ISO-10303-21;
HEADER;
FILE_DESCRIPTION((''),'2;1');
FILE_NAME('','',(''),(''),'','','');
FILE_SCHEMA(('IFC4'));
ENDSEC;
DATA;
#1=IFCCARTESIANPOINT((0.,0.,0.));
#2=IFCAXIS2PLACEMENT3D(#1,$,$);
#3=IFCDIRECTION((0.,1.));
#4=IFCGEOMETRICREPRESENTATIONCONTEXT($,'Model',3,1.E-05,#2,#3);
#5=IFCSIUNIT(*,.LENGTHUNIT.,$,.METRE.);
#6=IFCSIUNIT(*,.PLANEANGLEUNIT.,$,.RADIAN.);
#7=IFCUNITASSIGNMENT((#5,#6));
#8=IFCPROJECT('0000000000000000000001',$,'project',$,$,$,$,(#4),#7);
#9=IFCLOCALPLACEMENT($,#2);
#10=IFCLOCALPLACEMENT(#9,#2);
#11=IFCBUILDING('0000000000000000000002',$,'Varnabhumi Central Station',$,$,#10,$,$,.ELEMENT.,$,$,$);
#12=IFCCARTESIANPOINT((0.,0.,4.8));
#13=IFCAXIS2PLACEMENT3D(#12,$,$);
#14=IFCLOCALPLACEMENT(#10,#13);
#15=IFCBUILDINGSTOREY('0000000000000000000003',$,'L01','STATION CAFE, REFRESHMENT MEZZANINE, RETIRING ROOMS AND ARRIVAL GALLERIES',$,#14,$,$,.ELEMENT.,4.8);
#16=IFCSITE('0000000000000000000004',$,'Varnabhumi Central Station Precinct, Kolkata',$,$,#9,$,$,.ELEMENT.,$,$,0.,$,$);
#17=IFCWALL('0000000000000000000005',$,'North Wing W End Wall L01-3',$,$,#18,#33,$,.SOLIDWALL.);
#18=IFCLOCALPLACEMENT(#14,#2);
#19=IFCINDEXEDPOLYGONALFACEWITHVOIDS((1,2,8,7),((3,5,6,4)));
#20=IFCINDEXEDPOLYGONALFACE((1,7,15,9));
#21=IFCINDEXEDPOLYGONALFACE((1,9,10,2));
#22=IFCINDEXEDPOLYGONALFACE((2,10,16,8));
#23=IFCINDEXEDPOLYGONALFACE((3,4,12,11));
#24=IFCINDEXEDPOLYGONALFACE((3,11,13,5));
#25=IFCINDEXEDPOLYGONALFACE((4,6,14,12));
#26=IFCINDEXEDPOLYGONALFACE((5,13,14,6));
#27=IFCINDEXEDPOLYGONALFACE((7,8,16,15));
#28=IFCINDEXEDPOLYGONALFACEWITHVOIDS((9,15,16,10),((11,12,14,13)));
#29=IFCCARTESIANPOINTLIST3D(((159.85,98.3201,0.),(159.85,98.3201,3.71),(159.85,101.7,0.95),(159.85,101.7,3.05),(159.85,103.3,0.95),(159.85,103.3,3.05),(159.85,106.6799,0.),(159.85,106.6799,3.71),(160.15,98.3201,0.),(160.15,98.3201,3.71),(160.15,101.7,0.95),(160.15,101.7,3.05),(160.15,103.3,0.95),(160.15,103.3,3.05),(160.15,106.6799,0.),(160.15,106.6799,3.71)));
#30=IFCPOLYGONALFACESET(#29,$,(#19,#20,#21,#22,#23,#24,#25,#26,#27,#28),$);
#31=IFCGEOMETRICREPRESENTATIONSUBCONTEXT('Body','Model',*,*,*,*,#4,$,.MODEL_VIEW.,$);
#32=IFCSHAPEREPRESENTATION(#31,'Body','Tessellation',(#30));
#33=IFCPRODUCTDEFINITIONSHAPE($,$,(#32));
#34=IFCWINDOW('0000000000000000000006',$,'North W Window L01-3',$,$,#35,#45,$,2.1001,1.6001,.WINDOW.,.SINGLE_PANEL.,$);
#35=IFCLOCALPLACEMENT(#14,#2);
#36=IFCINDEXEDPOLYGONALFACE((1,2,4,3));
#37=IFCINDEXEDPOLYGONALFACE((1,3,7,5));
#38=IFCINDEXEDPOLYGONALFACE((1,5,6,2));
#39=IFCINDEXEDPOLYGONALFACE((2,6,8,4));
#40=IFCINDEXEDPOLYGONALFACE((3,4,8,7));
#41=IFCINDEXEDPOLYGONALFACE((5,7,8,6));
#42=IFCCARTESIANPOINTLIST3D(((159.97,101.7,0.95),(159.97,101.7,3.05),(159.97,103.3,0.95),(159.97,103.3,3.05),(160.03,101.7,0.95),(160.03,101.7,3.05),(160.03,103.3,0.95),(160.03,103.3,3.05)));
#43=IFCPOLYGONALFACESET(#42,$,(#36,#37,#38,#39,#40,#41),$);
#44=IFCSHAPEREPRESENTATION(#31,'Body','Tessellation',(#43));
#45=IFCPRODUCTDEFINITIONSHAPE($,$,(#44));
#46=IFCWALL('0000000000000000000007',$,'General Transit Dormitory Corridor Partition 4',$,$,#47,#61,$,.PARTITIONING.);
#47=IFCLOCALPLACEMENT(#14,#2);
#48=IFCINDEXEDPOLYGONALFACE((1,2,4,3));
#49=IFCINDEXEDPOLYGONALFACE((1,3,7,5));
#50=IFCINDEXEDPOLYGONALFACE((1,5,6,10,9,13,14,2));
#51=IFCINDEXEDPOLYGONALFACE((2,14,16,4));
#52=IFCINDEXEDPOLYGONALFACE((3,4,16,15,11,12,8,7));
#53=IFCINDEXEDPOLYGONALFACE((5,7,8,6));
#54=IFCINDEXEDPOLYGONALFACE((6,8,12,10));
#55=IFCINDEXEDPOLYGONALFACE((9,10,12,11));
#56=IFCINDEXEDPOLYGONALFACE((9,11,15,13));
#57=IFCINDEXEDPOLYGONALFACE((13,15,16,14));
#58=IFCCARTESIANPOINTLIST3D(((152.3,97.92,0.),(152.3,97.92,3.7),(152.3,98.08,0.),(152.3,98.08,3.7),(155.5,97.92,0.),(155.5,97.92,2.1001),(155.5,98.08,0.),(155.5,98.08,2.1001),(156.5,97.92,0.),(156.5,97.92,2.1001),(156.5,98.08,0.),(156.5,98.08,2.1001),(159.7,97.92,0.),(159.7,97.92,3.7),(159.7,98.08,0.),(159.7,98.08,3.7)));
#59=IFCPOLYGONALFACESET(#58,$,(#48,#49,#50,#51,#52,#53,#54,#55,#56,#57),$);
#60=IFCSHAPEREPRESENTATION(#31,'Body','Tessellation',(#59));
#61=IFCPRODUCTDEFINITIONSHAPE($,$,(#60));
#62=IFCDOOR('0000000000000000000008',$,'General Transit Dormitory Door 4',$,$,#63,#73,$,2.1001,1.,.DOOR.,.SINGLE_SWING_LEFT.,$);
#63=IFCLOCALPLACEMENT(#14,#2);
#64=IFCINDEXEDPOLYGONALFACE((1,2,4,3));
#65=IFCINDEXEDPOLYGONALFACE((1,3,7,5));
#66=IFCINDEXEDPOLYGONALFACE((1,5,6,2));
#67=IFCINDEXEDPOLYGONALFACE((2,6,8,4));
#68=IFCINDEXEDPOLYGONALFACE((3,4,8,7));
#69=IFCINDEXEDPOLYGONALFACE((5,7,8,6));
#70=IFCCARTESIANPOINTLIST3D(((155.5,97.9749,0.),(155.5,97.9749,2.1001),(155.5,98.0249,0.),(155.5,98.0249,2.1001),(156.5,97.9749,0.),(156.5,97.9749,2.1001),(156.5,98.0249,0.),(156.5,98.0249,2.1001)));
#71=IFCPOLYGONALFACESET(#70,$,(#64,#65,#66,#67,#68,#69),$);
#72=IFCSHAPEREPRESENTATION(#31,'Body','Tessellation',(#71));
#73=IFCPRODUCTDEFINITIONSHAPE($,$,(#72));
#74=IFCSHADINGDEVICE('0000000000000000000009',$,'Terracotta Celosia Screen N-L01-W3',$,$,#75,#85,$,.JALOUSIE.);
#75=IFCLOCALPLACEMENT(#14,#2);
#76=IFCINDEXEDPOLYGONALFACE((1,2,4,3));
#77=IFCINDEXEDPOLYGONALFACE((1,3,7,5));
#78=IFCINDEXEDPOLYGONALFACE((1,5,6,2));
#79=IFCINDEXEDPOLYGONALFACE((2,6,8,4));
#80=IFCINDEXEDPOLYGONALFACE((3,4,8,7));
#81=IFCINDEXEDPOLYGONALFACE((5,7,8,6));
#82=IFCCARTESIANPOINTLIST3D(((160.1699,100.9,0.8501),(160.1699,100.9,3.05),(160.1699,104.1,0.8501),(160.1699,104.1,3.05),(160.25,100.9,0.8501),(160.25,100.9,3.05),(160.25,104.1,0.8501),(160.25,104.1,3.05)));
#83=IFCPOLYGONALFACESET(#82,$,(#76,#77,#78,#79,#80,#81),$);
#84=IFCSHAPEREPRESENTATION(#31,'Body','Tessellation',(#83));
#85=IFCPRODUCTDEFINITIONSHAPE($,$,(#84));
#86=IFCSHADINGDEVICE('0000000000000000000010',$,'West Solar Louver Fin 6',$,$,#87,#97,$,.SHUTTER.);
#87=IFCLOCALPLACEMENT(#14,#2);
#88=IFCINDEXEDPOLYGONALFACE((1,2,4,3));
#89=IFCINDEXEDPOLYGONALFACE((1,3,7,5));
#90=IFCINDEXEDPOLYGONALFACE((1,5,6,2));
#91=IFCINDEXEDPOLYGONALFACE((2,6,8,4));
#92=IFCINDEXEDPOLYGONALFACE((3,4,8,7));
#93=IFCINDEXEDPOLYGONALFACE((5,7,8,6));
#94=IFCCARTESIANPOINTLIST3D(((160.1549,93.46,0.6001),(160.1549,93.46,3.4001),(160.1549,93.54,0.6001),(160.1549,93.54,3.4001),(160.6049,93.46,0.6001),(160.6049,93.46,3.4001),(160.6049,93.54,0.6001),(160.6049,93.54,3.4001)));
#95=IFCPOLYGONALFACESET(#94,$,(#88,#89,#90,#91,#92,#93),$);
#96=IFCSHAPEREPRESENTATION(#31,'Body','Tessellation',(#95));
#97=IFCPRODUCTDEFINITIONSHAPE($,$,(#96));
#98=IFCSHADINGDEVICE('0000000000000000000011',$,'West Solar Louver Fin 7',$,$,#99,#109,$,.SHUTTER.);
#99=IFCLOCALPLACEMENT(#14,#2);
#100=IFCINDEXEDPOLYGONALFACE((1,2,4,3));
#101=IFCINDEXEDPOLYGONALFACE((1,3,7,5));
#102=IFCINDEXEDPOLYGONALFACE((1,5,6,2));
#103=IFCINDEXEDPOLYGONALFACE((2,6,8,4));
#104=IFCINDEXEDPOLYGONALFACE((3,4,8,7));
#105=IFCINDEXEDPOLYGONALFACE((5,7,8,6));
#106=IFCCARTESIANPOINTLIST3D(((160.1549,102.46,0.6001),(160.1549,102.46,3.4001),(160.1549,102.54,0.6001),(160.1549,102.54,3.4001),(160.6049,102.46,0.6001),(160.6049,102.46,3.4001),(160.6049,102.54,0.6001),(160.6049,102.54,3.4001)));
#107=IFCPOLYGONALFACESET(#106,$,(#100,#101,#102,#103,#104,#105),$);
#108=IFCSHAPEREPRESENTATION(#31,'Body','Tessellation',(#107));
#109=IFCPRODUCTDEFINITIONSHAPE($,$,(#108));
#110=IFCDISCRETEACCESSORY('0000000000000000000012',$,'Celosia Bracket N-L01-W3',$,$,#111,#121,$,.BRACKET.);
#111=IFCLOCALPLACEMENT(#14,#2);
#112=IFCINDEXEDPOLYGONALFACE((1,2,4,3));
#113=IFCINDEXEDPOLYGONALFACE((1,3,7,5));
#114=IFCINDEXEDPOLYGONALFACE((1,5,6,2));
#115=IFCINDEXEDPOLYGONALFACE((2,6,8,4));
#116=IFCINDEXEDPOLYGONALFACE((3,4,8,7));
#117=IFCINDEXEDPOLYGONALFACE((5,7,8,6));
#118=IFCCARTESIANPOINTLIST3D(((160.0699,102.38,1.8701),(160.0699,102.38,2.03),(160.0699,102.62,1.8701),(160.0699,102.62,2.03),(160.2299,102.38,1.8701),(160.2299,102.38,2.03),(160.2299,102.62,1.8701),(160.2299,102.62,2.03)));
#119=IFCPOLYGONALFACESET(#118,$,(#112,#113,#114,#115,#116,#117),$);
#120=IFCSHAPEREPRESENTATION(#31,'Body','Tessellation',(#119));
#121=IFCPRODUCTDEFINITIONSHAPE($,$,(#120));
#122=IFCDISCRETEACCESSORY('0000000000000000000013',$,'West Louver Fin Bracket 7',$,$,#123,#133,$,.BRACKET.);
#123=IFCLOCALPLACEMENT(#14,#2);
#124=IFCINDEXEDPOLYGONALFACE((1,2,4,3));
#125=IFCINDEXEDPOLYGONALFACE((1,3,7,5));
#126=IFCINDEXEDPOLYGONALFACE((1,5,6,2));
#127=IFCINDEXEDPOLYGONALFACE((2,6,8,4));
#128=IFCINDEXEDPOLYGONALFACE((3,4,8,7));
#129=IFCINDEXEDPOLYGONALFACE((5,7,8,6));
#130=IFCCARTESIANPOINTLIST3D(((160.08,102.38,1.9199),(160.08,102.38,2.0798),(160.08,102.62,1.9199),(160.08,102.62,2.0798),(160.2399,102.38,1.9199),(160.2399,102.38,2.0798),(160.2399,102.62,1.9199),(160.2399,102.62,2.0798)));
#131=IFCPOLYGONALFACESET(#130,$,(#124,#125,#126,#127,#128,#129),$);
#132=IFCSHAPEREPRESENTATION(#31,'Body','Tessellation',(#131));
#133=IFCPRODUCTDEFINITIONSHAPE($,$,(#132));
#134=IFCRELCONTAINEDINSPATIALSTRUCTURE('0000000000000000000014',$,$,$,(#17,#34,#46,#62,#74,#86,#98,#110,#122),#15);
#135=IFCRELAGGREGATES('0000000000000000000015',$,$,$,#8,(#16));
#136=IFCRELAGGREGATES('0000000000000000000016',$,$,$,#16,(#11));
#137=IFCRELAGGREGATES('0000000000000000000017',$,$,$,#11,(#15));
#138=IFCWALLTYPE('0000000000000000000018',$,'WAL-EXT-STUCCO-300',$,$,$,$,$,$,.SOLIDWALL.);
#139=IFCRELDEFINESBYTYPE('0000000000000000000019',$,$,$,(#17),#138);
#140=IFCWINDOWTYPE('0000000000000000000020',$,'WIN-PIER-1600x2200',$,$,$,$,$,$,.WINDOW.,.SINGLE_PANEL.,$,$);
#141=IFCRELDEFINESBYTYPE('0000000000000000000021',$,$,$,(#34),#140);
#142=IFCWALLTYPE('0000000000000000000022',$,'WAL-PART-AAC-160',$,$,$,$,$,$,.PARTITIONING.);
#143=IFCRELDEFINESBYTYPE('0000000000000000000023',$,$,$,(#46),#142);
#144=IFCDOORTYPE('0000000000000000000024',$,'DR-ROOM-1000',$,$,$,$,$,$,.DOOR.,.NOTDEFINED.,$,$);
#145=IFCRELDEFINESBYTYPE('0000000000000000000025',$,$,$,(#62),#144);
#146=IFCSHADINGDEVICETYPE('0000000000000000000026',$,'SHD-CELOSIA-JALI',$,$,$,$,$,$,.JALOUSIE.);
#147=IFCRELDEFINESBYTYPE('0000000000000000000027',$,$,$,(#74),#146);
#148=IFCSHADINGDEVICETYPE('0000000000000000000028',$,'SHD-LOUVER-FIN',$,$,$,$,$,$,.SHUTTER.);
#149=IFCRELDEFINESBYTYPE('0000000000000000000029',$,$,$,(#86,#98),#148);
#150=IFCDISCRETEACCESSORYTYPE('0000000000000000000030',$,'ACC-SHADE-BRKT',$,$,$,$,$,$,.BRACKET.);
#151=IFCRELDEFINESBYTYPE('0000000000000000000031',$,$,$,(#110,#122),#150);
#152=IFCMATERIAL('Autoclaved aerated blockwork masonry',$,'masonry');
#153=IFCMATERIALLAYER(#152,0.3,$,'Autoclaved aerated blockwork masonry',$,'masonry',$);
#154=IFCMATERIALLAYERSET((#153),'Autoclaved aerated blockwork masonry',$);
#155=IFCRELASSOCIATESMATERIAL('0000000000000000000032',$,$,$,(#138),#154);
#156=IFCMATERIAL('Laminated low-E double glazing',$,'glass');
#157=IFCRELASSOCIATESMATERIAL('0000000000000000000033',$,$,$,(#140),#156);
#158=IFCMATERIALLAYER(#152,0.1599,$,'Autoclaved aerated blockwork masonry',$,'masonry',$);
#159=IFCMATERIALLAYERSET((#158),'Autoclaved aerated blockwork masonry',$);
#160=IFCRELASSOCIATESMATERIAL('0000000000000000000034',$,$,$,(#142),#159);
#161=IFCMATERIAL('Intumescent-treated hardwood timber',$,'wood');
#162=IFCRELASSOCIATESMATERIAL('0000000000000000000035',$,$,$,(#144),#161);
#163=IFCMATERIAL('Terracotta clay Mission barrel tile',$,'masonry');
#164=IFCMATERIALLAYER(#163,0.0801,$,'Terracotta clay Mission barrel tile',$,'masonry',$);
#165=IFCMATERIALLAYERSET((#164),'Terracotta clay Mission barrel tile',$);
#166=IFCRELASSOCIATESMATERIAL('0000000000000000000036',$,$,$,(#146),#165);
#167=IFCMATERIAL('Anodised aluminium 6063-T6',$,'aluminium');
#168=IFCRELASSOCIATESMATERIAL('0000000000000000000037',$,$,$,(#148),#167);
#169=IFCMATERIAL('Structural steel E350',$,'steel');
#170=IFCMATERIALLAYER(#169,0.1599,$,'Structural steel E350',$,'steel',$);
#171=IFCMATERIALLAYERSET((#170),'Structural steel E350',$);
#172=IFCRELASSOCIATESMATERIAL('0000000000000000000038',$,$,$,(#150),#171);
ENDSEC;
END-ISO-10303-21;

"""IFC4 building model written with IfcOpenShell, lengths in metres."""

from ifc_helpers import new_model, si_unit, direction, frame, frame_2d, origin, origin_2d, place, context, subcontext, project, spatial, rectangle, extrude, material, layer, layer_set, type_object, element, fill, save


model = new_model("IFC4")

# Units and contexts
model_context = context("Model", 3, precision=1e-05, world=origin(), true_north=direction((0.0, 1.0)))
body_context = subcontext(model_context, "Body", "Model", "MODEL_VIEW")
ifc_project = project(units=[si_unit("LENGTHUNIT", "METRE"), si_unit("PLANEANGLEUNIT", "RADIAN")], contexts=[model_context])

# Site, building, storey
site_placement = place(None, origin())
site = spatial("IfcSite", under=ifc_project, at=site_placement, Name="Varnabhumi Central Station Precinct, Kolkata", CompositionType="ELEMENT", RefElevation=0.0)
building_placement = place(site_placement, origin())
building = spatial("IfcBuilding", under=site, at=building_placement, Name="Varnabhumi Central Station", CompositionType="ELEMENT")
storey_placement = place(building_placement, frame((0.0, 0.0, 4.8)))
storey = spatial("IfcBuildingStorey", under=building, at=storey_placement, Name="L01", Description="STATION CAFE, REFRESHMENT MEZZANINE, RETIRING ROOMS AND ARRIVAL GALLERIES", CompositionType="ELEMENT", Elevation=4.8)

# Shared definitions
ifc_material_1 = material(Name="Autoclaved aerated blockwork masonry", Category="masonry")

# Wall, opening, window
ifc_layer_1 = layer(ifc_material_1, 0.3, Name="Autoclaved aerated blockwork masonry", Category="masonry")
ifc_layer_set_1 = layer_set([ifc_layer_1], Name="Autoclaved aerated blockwork masonry")
wall_type_1 = type_object("IfcWallType", Name="WAL-EXT-STUCCO-300", PredefinedType="SOLIDWALL", material=ifc_layer_set_1)
wall_1_placement = place(storey_placement, frame((160.0, 98.3201, 0.0), z_axis=(0.0, 0.0, 1.0), x_axis=(0.0, 1.0, 0.0)))
wall_1 = element("IfcWall", 1, at=wall_1_placement, inside=storey, type_object=wall_type_1, Name="North Wing W End Wall L01-3", PredefinedType="SOLIDWALL", context=body_context, shape_type="SweptSolid", body=[
    extrude(rectangle(XDim=8.3599, YDim=0.3, at=frame_2d((4.1799, 0.0))), origin(), (0.0, 0.0, 1.0), 3.71),
])
opening_1_placement = place(wall_1_placement, frame((3.3799, 0.0, 0.95)))
opening_1 = element("IfcOpeningElement", 2, at=opening_1_placement, cuts=wall_1, PredefinedType="OPENING", context=body_context, shape_type="SweptSolid", body=[
    extrude(rectangle(XDim=1.6001, YDim=2.1001, at=frame_2d((0.8, 1.05))), frame((0.0, 0.1599, 0.0), z_axis=(0.0, -1.0, 0.0), x_axis=(1.0, 0.0, 0.0)), (0.0, 0.0, 1.0), 0.3201),
])
ifc_material_2 = material(Name="Laminated low-E double glazing", Category="glass")
window_type = type_object("IfcWindowType", Name="WIN-PIER-1600x2200", PartitioningType="SINGLE_PANEL", PredefinedType="WINDOW", material=ifc_material_2)
window_placement = place(opening_1_placement, origin())
window = element("IfcWindow", 3, at=window_placement, inside=storey, type_object=window_type, Name="North W Window L01-3", OverallHeight=2.1001, OverallWidth=1.6001, PartitioningType="SINGLE_PANEL", PredefinedType="WINDOW", context=body_context, shape_type="SweptSolid", body=[
    extrude(rectangle(XDim=1.6001, YDim=2.1001, at=frame_2d((0.8, 1.05))), frame((0.0, 0.03, 0.0), z_axis=(0.0, -1.0, 0.0), x_axis=(1.0, 0.0, 0.0)), (0.0, 0.0, 1.0), 0.0601),
])
fill(opening_1, window)

# Wall, opening, door
ifc_layer_2 = layer(ifc_material_1, 0.1599, Name="Autoclaved aerated blockwork masonry", Category="masonry")
ifc_layer_set_2 = layer_set([ifc_layer_2], Name="Autoclaved aerated blockwork masonry")
wall_type_2 = type_object("IfcWallType", Name="WAL-PART-AAC-160", PredefinedType="PARTITIONING", material=ifc_layer_set_2)
wall_2_placement = place(storey_placement, frame((152.3, 98.0, 0.0), z_axis=(0.0, 0.0, 1.0), x_axis=(1.0, 0.0, 0.0)))
wall_2 = element("IfcWall", 4, at=wall_2_placement, inside=storey, type_object=wall_type_2, Name="General Transit Dormitory Corridor Partition 4", PredefinedType="PARTITIONING", context=body_context, shape_type="SweptSolid", body=[
    extrude(rectangle(XDim=7.3999, YDim=0.1599, at=frame_2d((3.7, 0.0))), origin(), (0.0, 0.0, 1.0), 3.7),
])
opening_2_placement = place(wall_2_placement, frame((3.2, 0.0, 0.0)))
opening_2 = element("IfcOpeningElement", 5, at=opening_2_placement, cuts=wall_2, PredefinedType="OPENING", context=body_context, shape_type="SweptSolid", body=[
    extrude(rectangle(XDim=1.0, YDim=2.1001, at=frame_2d((0.5, 1.05))), frame((0.0, 0.0898, 0.0), z_axis=(0.0, -1.0, 0.0), x_axis=(1.0, 0.0, 0.0)), (0.0, 0.0, 1.0), 0.1799),
])
ifc_material_3 = material(Name="Intumescent-treated hardwood timber", Category="wood")
door_type = type_object("IfcDoorType", Name="DR-ROOM-1000", OperationType="NOTDEFINED", PredefinedType="DOOR", material=ifc_material_3)
door_placement = place(opening_2_placement, origin())
door = element("IfcDoor", 6, at=door_placement, inside=storey, type_object=door_type, Name="General Transit Dormitory Door 4", OperationType="SINGLE_SWING_LEFT", OverallHeight=2.1001, OverallWidth=1.0, PredefinedType="DOOR", context=body_context, shape_type="SweptSolid", body=[
    extrude(rectangle(XDim=1.0, YDim=2.1001, at=frame_2d((0.5, 1.05))), frame((0.0, 0.0249, 0.0), z_axis=(0.0, -1.0, 0.0), x_axis=(1.0, 0.0, 0.0)), (0.0, 0.0, 1.0), 0.05),
])
fill(opening_2, door)

# Shading devices
ifc_material_4 = material(Name="Terracotta clay Mission barrel tile", Category="masonry")
ifc_layer_3 = layer(ifc_material_4, 0.0801, Name="Terracotta clay Mission barrel tile", Category="masonry")
ifc_layer_set_3 = layer_set([ifc_layer_3], Name="Terracotta clay Mission barrel tile")
shading_device_type_1 = type_object("IfcShadingDeviceType", Name="SHD-CELOSIA-JALI", PredefinedType="JALOUSIE", material=ifc_layer_set_3)
shading_device_placement = place(storey_placement, frame((160.21, 102.5, 0.8501), z_axis=(0.0, 0.0, 1.0), x_axis=(1.0, 0.0, 0.0)))
element("IfcShadingDevice", 7, at=shading_device_placement, inside=storey, type_object=shading_device_type_1, Name="Terracotta Celosia Screen N-L01-W3", PredefinedType="JALOUSIE", context=body_context, shape_type="SweptSolid", body=[
    extrude(rectangle(XDim=0.0801, YDim=3.2, at=origin_2d()), origin(), (0.0, 0.0, 1.0), 2.2),
])
ifc_material_5 = material(Name="Anodised aluminium 6063-T6", Category="aluminium")
shading_device_type_2 = type_object("IfcShadingDeviceType", Name="SHD-LOUVER-FIN", PredefinedType="SHUTTER", material=ifc_material_5)
for number, where, z_axis, x_axis, name in (
    (8, (160.3799, 93.5, 0.6001), (0.0, 0.0, 1.0), (1.0, 0.0, 0.0), "West Solar Louver Fin 6"),
    (9, (160.3799, 102.5, 0.6001), (0.0, 0.0, 1.0), (1.0, 0.0, 0.0), "West Solar Louver Fin 7"),
):
    element("IfcShadingDevice", number, at=place(storey_placement, frame(where, z_axis=z_axis, x_axis=x_axis)), inside=storey, type_object=shading_device_type_2, Name=name, PredefinedType="SHUTTER", context=body_context, shape_type="SweptSolid", body=[
        extrude(rectangle(XDim=0.45, YDim=0.0801, at=origin_2d()), origin(), (0.0, 0.0, 1.0), 2.8),
    ])

# Discrete accessories
ifc_material_6 = material(Name="Structural steel E350", Category="steel")
ifc_layer_4 = layer(ifc_material_6, 0.1599, Name="Structural steel E350", Category="steel")
ifc_layer_set_4 = layer_set([ifc_layer_4], Name="Structural steel E350")
discrete_accessory_type = type_object("IfcDiscreteAccessoryType", Name="ACC-SHADE-BRKT", PredefinedType="BRACKET", material=ifc_layer_set_4)
for number, where, z_axis, x_axis, name in (
    (10, (160.1499, 102.5, 1.8701), (0.0, 0.0, 1.0), (1.0, 0.0, 0.0), "Celosia Bracket N-L01-W3"),
    (11, (160.1599, 102.5, 1.9199), (0.0, 0.0, 1.0), (1.0, 0.0, 0.0), "West Louver Fin Bracket 7"),
):
    element("IfcDiscreteAccessory", number, at=place(storey_placement, frame(where, z_axis=z_axis, x_axis=x_axis)), inside=storey, type_object=discrete_accessory_type, Name=name, PredefinedType="BRACKET", context=body_context, shape_type="SweptSolid", body=[
        extrude(rectangle(XDim=0.1599, YDim=0.24, at=origin_2d()), origin(), (0.0, 0.0, 1.0), 0.1599),
    ])

save(model, "model.ifc")
